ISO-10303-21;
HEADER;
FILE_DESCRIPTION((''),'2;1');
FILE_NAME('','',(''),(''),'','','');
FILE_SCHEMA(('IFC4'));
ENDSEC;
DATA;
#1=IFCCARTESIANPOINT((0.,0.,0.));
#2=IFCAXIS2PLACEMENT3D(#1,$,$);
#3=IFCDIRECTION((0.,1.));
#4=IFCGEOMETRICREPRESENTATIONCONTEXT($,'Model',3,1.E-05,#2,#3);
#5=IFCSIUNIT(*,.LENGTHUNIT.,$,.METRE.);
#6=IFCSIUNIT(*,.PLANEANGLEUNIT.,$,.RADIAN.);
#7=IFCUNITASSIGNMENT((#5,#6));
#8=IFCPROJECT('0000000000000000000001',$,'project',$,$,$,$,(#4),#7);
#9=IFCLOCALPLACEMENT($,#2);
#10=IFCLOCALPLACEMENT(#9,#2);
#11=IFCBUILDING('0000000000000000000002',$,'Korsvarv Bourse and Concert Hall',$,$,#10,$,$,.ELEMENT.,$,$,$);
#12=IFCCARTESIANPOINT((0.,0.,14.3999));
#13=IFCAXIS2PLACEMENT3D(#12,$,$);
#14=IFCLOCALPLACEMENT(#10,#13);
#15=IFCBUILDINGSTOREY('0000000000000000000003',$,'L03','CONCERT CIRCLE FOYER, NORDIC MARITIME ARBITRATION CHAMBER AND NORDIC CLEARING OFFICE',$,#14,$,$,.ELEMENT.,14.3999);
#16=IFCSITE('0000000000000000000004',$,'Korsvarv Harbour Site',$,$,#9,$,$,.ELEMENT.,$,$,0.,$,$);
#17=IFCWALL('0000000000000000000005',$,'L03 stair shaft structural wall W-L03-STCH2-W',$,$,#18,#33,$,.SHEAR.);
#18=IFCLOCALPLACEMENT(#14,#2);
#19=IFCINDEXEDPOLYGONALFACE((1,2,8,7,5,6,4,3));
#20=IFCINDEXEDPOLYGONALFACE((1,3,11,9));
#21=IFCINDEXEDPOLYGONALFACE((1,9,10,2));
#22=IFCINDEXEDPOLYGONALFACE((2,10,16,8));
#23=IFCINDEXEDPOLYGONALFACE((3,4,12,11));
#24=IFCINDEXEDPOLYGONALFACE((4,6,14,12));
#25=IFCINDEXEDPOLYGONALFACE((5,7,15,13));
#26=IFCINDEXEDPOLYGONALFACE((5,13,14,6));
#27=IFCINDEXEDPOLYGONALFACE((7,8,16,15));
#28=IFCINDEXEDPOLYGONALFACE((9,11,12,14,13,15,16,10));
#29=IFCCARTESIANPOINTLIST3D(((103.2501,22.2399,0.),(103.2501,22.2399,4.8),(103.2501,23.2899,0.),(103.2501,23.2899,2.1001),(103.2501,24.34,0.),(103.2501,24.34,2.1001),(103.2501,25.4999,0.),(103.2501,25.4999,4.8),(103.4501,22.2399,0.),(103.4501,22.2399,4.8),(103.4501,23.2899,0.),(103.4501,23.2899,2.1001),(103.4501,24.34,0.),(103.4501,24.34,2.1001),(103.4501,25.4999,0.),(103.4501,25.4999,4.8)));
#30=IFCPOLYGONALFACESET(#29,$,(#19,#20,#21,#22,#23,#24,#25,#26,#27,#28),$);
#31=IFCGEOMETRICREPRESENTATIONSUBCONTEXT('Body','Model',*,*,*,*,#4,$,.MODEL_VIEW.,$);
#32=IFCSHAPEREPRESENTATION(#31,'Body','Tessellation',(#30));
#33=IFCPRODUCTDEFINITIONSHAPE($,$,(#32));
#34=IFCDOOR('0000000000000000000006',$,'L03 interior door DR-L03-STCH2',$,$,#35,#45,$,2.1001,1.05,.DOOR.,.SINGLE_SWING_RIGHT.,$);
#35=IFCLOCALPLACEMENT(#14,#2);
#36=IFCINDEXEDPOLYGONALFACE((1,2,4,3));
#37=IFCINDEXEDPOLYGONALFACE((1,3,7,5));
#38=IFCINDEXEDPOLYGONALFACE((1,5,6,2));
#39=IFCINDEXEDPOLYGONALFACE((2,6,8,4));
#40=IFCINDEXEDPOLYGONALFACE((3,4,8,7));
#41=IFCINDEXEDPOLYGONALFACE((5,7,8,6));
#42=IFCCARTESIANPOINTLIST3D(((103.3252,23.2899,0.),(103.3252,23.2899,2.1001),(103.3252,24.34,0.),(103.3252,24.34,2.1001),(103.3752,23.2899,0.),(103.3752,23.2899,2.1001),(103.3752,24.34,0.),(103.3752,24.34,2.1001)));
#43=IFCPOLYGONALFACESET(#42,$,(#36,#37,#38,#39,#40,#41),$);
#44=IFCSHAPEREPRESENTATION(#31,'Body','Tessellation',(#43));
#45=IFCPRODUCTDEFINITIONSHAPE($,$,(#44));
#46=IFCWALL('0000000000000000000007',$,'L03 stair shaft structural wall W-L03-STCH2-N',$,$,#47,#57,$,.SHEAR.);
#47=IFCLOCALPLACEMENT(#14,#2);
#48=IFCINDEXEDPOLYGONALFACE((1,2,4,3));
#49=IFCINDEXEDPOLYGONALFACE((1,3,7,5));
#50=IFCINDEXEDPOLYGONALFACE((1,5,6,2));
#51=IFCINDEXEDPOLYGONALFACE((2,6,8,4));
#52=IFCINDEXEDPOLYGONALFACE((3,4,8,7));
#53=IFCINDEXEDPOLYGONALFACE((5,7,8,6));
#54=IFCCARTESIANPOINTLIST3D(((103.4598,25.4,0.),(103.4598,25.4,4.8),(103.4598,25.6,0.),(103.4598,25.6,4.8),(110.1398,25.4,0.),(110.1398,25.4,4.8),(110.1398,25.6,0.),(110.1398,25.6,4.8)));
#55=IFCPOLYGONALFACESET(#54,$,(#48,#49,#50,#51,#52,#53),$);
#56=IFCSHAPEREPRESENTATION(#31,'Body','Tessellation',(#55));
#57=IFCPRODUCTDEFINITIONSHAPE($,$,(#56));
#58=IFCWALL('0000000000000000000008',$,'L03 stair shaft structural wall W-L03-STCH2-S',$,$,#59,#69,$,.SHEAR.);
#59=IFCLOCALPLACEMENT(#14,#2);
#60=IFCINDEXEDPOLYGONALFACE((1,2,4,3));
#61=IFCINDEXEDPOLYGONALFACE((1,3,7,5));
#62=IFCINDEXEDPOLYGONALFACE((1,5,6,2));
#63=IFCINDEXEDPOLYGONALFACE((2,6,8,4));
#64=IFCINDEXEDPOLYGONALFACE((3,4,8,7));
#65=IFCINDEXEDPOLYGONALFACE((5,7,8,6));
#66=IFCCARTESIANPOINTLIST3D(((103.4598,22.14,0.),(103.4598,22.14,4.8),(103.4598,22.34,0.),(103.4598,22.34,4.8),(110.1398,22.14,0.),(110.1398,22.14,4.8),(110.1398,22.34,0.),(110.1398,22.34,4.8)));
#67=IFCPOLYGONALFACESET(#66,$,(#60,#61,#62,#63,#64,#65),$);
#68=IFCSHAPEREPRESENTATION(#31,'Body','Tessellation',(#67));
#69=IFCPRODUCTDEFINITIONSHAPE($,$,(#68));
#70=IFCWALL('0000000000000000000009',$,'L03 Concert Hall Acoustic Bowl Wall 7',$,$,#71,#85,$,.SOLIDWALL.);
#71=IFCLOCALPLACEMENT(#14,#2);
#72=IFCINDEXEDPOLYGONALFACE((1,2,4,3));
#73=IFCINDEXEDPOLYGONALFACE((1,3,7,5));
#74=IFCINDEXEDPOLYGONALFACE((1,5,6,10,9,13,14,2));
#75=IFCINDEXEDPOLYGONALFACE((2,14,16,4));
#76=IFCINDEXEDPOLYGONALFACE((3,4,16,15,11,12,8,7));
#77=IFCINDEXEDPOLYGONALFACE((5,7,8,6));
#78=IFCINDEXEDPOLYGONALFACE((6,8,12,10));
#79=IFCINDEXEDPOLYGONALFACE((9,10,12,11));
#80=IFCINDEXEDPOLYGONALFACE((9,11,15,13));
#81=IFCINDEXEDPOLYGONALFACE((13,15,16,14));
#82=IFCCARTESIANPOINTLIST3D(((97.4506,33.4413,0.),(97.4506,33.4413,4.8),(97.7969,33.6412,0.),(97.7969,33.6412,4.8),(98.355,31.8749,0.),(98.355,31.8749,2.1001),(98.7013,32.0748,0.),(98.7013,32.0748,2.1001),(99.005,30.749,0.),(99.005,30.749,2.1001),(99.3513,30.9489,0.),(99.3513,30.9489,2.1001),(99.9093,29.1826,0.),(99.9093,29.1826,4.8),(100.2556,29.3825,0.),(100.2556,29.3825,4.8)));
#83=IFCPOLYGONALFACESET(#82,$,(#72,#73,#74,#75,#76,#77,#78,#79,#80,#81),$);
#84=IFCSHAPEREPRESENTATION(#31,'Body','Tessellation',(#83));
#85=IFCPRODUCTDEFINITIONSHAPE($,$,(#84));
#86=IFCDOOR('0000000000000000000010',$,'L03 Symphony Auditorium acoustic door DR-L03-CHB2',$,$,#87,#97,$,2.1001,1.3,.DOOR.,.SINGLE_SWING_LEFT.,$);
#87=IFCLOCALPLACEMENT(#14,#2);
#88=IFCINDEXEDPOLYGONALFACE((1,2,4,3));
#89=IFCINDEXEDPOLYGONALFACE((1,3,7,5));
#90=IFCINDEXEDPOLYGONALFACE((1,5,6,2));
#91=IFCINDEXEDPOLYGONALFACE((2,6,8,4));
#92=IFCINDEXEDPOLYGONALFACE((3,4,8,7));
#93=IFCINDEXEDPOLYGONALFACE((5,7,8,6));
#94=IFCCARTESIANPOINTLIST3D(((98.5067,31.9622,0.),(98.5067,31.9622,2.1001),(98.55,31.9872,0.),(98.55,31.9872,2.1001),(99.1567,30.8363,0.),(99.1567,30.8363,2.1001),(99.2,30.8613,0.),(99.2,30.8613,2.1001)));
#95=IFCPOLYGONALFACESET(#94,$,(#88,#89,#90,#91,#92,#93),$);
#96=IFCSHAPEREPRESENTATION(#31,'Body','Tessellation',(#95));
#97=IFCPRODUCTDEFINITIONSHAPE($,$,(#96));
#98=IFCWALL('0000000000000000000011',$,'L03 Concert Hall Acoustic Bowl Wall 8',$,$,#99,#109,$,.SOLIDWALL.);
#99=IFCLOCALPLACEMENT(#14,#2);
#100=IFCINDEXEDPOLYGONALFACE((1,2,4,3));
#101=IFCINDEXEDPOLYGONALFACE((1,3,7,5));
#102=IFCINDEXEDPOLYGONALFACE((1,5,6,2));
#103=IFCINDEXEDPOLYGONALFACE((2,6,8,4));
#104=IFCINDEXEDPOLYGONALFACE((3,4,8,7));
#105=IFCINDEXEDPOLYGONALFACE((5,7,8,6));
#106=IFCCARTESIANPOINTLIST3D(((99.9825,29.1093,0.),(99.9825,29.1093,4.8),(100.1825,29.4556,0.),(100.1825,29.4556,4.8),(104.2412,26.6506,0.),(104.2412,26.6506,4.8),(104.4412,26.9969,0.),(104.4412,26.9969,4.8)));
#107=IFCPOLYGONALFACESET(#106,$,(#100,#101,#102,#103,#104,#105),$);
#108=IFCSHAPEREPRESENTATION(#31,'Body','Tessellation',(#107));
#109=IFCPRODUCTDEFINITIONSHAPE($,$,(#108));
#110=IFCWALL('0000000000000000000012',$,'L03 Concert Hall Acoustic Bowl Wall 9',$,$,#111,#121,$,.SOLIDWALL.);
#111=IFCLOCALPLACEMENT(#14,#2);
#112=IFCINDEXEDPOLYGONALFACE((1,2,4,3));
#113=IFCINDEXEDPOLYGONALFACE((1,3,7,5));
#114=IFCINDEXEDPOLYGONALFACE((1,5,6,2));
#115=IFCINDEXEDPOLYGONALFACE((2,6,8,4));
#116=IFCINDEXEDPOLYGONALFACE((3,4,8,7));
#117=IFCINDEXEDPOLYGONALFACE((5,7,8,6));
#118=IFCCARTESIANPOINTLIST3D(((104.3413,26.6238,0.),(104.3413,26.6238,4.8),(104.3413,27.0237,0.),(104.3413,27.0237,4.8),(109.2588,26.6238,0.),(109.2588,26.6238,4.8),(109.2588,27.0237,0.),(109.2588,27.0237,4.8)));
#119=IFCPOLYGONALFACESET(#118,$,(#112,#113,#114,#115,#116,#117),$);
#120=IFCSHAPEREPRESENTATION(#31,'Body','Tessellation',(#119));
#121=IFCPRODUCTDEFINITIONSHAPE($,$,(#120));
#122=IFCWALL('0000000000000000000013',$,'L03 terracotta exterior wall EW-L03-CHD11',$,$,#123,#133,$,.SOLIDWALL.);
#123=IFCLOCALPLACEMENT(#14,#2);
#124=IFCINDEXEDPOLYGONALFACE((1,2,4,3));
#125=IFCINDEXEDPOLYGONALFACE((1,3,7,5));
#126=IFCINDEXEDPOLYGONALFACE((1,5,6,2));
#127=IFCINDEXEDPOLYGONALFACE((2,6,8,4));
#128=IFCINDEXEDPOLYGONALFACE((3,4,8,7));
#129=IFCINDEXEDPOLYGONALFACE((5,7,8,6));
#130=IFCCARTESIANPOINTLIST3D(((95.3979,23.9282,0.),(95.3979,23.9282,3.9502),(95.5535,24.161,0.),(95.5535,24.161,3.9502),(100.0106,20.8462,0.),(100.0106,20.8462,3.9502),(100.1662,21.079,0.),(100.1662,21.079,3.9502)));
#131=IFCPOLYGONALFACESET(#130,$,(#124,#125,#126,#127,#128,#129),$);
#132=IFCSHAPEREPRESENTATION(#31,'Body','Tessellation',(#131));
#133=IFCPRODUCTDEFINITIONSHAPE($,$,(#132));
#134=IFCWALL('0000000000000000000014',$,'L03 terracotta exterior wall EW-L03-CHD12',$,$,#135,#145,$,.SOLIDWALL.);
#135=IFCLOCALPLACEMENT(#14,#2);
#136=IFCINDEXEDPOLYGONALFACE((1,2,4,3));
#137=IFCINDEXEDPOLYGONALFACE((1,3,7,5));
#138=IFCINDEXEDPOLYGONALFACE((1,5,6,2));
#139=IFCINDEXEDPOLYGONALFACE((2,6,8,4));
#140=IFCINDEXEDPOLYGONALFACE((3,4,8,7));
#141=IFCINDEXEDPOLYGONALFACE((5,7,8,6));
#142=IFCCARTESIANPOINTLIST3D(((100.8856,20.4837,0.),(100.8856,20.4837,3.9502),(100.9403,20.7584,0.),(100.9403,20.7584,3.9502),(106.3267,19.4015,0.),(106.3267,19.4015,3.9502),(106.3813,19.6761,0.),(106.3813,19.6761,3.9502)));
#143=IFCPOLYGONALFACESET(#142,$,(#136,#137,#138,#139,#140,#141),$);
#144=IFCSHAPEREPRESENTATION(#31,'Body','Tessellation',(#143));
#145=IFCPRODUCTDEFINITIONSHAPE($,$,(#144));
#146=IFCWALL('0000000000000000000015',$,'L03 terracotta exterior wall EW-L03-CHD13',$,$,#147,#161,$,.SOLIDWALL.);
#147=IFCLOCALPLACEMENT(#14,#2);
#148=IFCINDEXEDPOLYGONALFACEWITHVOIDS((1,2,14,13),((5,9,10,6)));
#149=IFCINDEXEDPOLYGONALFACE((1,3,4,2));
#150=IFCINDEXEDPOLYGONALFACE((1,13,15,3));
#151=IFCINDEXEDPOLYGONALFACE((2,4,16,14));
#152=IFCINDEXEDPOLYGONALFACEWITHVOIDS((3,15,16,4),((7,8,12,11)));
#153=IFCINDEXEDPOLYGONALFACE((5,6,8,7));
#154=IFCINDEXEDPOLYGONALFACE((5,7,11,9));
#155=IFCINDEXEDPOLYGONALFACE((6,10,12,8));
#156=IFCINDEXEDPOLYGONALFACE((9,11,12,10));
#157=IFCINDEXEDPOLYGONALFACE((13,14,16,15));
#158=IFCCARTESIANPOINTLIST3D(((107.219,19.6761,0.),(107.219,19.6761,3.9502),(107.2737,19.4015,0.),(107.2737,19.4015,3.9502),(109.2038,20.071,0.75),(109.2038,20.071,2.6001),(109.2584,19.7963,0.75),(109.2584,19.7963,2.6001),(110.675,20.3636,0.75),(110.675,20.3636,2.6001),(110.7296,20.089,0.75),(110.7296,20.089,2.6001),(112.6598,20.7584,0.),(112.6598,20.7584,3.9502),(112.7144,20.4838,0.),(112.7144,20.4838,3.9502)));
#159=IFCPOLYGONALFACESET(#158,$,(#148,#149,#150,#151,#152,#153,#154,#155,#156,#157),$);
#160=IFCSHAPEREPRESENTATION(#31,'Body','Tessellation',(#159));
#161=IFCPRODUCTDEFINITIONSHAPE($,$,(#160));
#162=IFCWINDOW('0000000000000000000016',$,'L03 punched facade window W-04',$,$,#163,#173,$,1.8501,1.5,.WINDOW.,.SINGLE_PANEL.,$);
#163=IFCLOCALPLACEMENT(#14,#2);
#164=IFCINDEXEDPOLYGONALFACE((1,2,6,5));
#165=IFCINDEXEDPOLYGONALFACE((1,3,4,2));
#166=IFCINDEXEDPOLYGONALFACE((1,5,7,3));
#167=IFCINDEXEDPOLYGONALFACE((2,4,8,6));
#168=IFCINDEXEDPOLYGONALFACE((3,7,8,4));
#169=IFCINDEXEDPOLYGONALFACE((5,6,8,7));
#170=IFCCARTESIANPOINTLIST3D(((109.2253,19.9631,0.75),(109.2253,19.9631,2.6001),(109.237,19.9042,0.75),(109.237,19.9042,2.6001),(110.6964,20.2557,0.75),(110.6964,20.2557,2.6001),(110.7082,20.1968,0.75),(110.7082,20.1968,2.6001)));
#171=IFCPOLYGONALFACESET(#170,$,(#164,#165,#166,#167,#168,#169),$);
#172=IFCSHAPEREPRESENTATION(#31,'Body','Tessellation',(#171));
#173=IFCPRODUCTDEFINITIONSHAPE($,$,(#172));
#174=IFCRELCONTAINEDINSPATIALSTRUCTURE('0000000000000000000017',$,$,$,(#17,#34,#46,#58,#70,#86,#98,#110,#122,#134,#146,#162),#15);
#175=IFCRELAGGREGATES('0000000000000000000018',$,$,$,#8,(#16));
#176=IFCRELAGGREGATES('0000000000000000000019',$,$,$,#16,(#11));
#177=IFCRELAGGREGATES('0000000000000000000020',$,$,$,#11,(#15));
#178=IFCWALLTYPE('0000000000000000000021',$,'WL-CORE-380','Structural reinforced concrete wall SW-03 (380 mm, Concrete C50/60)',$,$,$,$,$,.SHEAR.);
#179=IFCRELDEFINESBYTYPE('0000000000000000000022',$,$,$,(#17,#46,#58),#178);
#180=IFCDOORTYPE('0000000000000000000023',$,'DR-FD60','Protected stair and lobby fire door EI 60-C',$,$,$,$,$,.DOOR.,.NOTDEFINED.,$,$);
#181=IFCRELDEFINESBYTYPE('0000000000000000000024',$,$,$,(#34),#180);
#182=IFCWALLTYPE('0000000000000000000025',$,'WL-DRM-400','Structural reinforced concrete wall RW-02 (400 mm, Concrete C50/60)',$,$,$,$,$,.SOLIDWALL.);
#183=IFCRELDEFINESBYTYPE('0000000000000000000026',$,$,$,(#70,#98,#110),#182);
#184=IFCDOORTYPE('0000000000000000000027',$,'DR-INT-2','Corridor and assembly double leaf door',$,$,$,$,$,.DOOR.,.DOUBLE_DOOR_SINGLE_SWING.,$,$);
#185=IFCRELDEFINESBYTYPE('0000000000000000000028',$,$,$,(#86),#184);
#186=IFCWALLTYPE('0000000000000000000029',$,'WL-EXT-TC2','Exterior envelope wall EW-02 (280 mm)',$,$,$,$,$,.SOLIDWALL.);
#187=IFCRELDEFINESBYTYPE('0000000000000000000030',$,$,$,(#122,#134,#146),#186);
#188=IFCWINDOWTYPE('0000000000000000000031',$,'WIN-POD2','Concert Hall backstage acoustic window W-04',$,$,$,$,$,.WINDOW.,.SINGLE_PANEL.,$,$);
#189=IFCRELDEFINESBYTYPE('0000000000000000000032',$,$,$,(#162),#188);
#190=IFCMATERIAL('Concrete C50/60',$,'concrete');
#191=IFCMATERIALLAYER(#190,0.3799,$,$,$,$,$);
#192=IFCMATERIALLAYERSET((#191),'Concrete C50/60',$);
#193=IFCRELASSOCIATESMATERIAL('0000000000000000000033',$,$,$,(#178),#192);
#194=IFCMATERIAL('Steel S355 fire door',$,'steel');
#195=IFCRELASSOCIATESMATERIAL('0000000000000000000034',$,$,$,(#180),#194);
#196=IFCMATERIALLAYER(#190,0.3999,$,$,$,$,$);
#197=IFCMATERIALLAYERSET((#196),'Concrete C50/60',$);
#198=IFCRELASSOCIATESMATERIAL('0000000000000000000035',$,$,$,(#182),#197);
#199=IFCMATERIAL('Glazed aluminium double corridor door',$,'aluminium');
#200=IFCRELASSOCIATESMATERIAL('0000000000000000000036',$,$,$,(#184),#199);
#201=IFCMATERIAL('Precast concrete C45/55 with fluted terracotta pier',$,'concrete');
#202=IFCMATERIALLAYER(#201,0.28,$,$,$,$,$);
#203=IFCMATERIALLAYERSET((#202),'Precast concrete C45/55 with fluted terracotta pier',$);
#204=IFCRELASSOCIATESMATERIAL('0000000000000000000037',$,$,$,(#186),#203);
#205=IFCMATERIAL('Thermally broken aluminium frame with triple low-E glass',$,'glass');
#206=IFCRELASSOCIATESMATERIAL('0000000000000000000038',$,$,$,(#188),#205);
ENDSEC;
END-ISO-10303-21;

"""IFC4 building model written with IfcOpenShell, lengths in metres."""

from ifc_helpers import new_model, si_unit, direction, frame, frame_2d, origin, place, context, subcontext, project, spatial, rectangle, extrude, material, layer, layer_set, type_object, element, fill, save


model = new_model("IFC4")

# Units and contexts
model_context = context("Model", 3, precision=1e-05, world=origin(), true_north=direction((0.0, 1.0)))
body_context = subcontext(model_context, "Body", "Model", "MODEL_VIEW")
ifc_project = project(units=[si_unit("LENGTHUNIT", "METRE"), si_unit("PLANEANGLEUNIT", "RADIAN")], contexts=[model_context])

# Site, building, storey
site_placement = place(None, origin())
site = spatial("IfcSite", under=ifc_project, at=site_placement, Name="Korsvarv Harbour Site", CompositionType="ELEMENT", RefElevation=0.0)
building_placement = place(site_placement, origin())
building = spatial("IfcBuilding", under=site, at=building_placement, Name="Korsvarv Bourse and Concert Hall", CompositionType="ELEMENT")
storey_placement = place(building_placement, frame((0.0, 0.0, 14.3999)))
storey = spatial("IfcBuildingStorey", under=building, at=storey_placement, Name="L03", Description="CONCERT CIRCLE FOYER, NORDIC MARITIME ARBITRATION CHAMBER AND NORDIC CLEARING OFFICE", CompositionType="ELEMENT", Elevation=14.3999)

# Shared definitions
ifc_material_1 = material(Name="Concrete C50/60", Category="concrete")

# Wall, opening, door
ifc_layer_1 = layer(ifc_material_1, 0.3799)
ifc_layer_set_1 = layer_set([ifc_layer_1], Name="Concrete C50/60")
wall_type_1 = type_object("IfcWallType", Name="WL-CORE-380", Description="Structural reinforced concrete wall SW-03 (380 mm, Concrete C50/60)", PredefinedType="SHEAR", material=ifc_layer_set_1)
wall_1_placement = place(storey_placement, frame((103.3501, 22.24, 0.0), z_axis=(0.0, 0.0, 1.0), x_axis=(0.0, 1.0, 0.0)))
wall_1 = element("IfcWall", 1, at=wall_1_placement, inside=storey, type_object=wall_type_1, Name="L03 stair shaft structural wall W-L03-STCH2-W", PredefinedType="SHEAR", context=body_context, shape_type="SweptSolid", body=[
    extrude(rectangle(XDim=3.26, YDim=0.2, at=frame_2d((1.6299, 0.0))), origin(), (0.0, 0.0, 1.0), 4.8),
])
opening_1_placement = place(wall_1_placement, frame((1.05, 0.0, 0.0)))
opening_1 = element("IfcOpeningElement", 2, at=opening_1_placement, cuts=wall_1, PredefinedType="OPENING", context=body_context, shape_type="SweptSolid", body=[
    extrude(rectangle(XDim=1.05, YDim=2.1001, at=frame_2d((0.5249, 1.05))), frame((0.0, 0.1099, 0.0), z_axis=(0.0, -1.0, 0.0), x_axis=(1.0, 0.0, 0.0)), (0.0, 0.0, 1.0), 0.22),
])
ifc_material_2 = material(Name="Steel S355 fire door", Category="steel")
door_type_1 = type_object("IfcDoorType", Name="DR-FD60", Description="Protected stair and lobby fire door EI 60-C", OperationType="NOTDEFINED", PredefinedType="DOOR", material=ifc_material_2)
door_1_placement = place(opening_1_placement, origin())
door_1 = element("IfcDoor", 3, at=door_1_placement, inside=storey, type_object=door_type_1, Name="L03 interior door DR-L03-STCH2", OperationType="SINGLE_SWING_RIGHT", OverallHeight=2.1001, OverallWidth=1.05, PredefinedType="DOOR", context=body_context, shape_type="SweptSolid", body=[
    extrude(rectangle(XDim=1.05, YDim=2.1001, at=frame_2d((0.5249, 1.05))), frame((0.0, 0.0249, 0.0), z_axis=(0.0, -1.0, 0.0), x_axis=(1.0, 0.0, 0.0)), (0.0, 0.0, 1.0), 0.05),
])
fill(opening_1, door_1)

# Walls
for number, where, z_axis, x_axis, name in (
    (4, (103.46, 25.5, 0.0), (0.0, 0.0, 1.0), (1.0, 0.0, 0.0), "L03 stair shaft structural wall W-L03-STCH2-N"),
    (5, (103.46, 22.24, 0.0), (0.0, 0.0, 1.0), (1.0, 0.0, 0.0), "L03 stair shaft structural wall W-L03-STCH2-S"),
):
    element("IfcWall", number, at=place(storey_placement, frame(where, z_axis=z_axis, x_axis=x_axis)), inside=storey, type_object=wall_type_1, Name=name, PredefinedType="SHEAR", context=body_context, shape_type="SweptSolid", body=[
        extrude(rectangle(XDim=6.6799, YDim=0.2, at=frame_2d((3.3398, 0.0))), origin(), (0.0, 0.0, 1.0), 4.8),
    ])

# Wall, opening, door
ifc_layer_2 = layer(ifc_material_1, 0.3999)
ifc_layer_set_2 = layer_set([ifc_layer_2], Name="Concrete C50/60")
wall_type_2 = type_object("IfcWallType", Name="WL-DRM-400", Description="Structural reinforced concrete wall RW-02 (400 mm, Concrete C50/60)", PredefinedType="SOLIDWALL", material=ifc_layer_set_2)
wall_2_placement = place(storey_placement, frame((97.6238, 33.5413, 0.0), z_axis=(0.0, 0.0, 1.0), x_axis=(0.499989, -0.866032, 0.0)))
wall_2 = element("IfcWall", 6, at=wall_2_placement, inside=storey, type_object=wall_type_2, Name="L03 Concert Hall Acoustic Bowl Wall 7", PredefinedType="SOLIDWALL", context=body_context, shape_type="SweptSolid", body=[
    extrude(rectangle(XDim=4.9175, YDim=0.3999, at=frame_2d((2.4587, 0.0))), origin(), (0.0, 0.0, 1.0), 4.8),
])
opening_2_placement = place(wall_2_placement, frame((1.8088, 0.0, 0.0)))
opening_2 = element("IfcOpeningElement", 7, at=opening_2_placement, cuts=wall_2, PredefinedType="OPENING", context=body_context, shape_type="SweptSolid", body=[
    extrude(rectangle(XDim=1.3, YDim=2.1001, at=frame_2d((0.6499, 1.05))), frame((0.0, 0.21, 0.0), z_axis=(0.0, -1.0, 0.0), x_axis=(1.0, 0.0, 0.0)), (0.0, 0.0, 1.0), 0.4199),
])
ifc_material_3 = material(Name="Glazed aluminium double corridor door", Category="aluminium")
door_type_2 = type_object("IfcDoorType", Name="DR-INT-2", Description="Corridor and assembly double leaf door", OperationType="DOUBLE_DOOR_SINGLE_SWING", PredefinedType="DOOR", material=ifc_material_3)
door_2_placement = place(opening_2_placement, frame((1.3, 0.0, 0.0), z_axis=(0.0, 0.0, 1.0), x_axis=(-1.0, 0.0, 0.0)))
door_2 = element("IfcDoor", 8, at=door_2_placement, inside=storey, type_object=door_type_2, Name="L03 Symphony Auditorium acoustic door DR-L03-CHB2", OperationType="SINGLE_SWING_LEFT", OverallHeight=2.1001, OverallWidth=1.3, PredefinedType="DOOR", context=body_context, shape_type="SweptSolid", body=[
    extrude(rectangle(XDim=1.3, YDim=2.1001, at=frame_2d((0.6499, 1.05))), frame((0.0, 0.0249, 0.0), z_axis=(0.0, -1.0, 0.0), x_axis=(1.0, 0.0, 0.0)), (0.0, 0.0, 1.0), 0.05),
])
fill(opening_2, door_2)

# Walls
for number, where, z_axis, x_axis, name in (
    (9, (100.0825, 29.2825, 0.0), (0.0, 0.0, 1.0), (0.866032, -0.499989, 0.0), "L03 Concert Hall Acoustic Bowl Wall 8"),
    (10, (104.3413, 26.8237, 0.0), (0.0, 0.0, 1.0), (1.0, 0.0, 0.0), "L03 Concert Hall Acoustic Bowl Wall 9"),
):
    element("IfcWall", number, at=place(storey_placement, frame(where, z_axis=z_axis, x_axis=x_axis)), inside=storey, type_object=wall_type_2, Name=name, PredefinedType="SOLIDWALL", context=body_context, shape_type="SweptSolid", body=[
        extrude(rectangle(XDim=4.9175, YDim=0.3999, at=frame_2d((2.4587, 0.0))), origin(), (0.0, 0.0, 1.0), 4.8),
    ])
ifc_material_4 = material(Name="Precast concrete C45/55 with fluted terracotta pier", Category="concrete")
ifc_layer_3 = layer(ifc_material_4, 0.28)
ifc_layer_set_3 = layer_set([ifc_layer_3], Name="Precast concrete C45/55 with fluted terracotta pier")
wall_type_3 = type_object("IfcWallType", Name="WL-EXT-TC2", Description="Exterior envelope wall EW-02 (280 mm)", PredefinedType="SOLIDWALL", material=ifc_layer_set_3)
for number, where, z_axis, x_axis, name in (
    (11, (95.4756, 24.0447, 0.0), (0.0, 0.0, 1.0), (0.831481, -0.555553, 0.0), "L03 terracotta exterior wall EW-L03-CHD11"),
    (12, (100.9128, 20.6211, 0.0), (0.0, 0.0, 1.0), (0.980785, -0.195092, 0.0), "L03 terracotta exterior wall EW-L03-CHD12"),
):
    element("IfcWall", number, at=place(storey_placement, frame(where, z_axis=z_axis, x_axis=x_axis)), inside=storey, type_object=wall_type_3, Name=name, PredefinedType="SOLIDWALL", context=body_context, shape_type="SweptSolid", body=[
        extrude(rectangle(XDim=5.5476, YDim=0.28, at=frame_2d((2.7739, 0.0))), origin(), (0.0, 0.0, 1.0), 3.9502),
    ])

# Wall, opening, window
wall_3_placement = place(storey_placement, frame((107.2463, 19.5388, 0.0), z_axis=(0.0, 0.0, 1.0), x_axis=(0.980783, 0.1951, 0.0)))
wall_3 = element("IfcWall", 13, at=wall_3_placement, inside=storey, type_object=wall_type_3, Name="L03 terracotta exterior wall EW-L03-CHD13", PredefinedType="SOLIDWALL", context=body_context, shape_type="SweptSolid", body=[
    extrude(rectangle(XDim=5.5474, YDim=0.28, at=frame_2d((2.7737, 0.0))), origin(), (0.0, 0.0, 1.0), 3.9502),
])
opening_3_placement = place(wall_3_placement, frame((2.0237, 0.0, 0.75)))
opening_3 = element("IfcOpeningElement", 14, at=opening_3_placement, cuts=wall_3, PredefinedType="OPENING", context=body_context, shape_type="SweptSolid", body=[
    extrude(rectangle(XDim=1.5, YDim=1.8501, at=frame_2d((0.75, 0.925))), frame((0.0, 0.1499, 0.0), z_axis=(0.0, -1.0, 0.0), x_axis=(1.0, 0.0, 0.0)), (0.0, 0.0, 1.0), 0.3),
])
ifc_material_5 = material(Name="Thermally broken aluminium frame with triple low-E glass", Category="glass")
window_type = type_object("IfcWindowType", Name="WIN-POD2", Description="Concert Hall backstage acoustic window W-04", PartitioningType="SINGLE_PANEL", PredefinedType="WINDOW", material=ifc_material_5)
window_placement = place(opening_3_placement, origin())
window = element("IfcWindow", 15, at=window_placement, inside=storey, type_object=window_type, Name="L03 punched facade window W-04", OverallHeight=1.8501, OverallWidth=1.5, PartitioningType="SINGLE_PANEL", PredefinedType="WINDOW", context=body_context, shape_type="SweptSolid", body=[
    extrude(rectangle(XDim=1.5, YDim=1.8501, at=frame_2d((0.75, 0.925))), frame((0.0, 0.03, 0.0), z_axis=(0.0, -1.0, 0.0), x_axis=(1.0, 0.0, 0.0)), (0.0, 0.0, 1.0), 0.0601),
])
fill(opening_3, window)

save(model, "model.ifc")
